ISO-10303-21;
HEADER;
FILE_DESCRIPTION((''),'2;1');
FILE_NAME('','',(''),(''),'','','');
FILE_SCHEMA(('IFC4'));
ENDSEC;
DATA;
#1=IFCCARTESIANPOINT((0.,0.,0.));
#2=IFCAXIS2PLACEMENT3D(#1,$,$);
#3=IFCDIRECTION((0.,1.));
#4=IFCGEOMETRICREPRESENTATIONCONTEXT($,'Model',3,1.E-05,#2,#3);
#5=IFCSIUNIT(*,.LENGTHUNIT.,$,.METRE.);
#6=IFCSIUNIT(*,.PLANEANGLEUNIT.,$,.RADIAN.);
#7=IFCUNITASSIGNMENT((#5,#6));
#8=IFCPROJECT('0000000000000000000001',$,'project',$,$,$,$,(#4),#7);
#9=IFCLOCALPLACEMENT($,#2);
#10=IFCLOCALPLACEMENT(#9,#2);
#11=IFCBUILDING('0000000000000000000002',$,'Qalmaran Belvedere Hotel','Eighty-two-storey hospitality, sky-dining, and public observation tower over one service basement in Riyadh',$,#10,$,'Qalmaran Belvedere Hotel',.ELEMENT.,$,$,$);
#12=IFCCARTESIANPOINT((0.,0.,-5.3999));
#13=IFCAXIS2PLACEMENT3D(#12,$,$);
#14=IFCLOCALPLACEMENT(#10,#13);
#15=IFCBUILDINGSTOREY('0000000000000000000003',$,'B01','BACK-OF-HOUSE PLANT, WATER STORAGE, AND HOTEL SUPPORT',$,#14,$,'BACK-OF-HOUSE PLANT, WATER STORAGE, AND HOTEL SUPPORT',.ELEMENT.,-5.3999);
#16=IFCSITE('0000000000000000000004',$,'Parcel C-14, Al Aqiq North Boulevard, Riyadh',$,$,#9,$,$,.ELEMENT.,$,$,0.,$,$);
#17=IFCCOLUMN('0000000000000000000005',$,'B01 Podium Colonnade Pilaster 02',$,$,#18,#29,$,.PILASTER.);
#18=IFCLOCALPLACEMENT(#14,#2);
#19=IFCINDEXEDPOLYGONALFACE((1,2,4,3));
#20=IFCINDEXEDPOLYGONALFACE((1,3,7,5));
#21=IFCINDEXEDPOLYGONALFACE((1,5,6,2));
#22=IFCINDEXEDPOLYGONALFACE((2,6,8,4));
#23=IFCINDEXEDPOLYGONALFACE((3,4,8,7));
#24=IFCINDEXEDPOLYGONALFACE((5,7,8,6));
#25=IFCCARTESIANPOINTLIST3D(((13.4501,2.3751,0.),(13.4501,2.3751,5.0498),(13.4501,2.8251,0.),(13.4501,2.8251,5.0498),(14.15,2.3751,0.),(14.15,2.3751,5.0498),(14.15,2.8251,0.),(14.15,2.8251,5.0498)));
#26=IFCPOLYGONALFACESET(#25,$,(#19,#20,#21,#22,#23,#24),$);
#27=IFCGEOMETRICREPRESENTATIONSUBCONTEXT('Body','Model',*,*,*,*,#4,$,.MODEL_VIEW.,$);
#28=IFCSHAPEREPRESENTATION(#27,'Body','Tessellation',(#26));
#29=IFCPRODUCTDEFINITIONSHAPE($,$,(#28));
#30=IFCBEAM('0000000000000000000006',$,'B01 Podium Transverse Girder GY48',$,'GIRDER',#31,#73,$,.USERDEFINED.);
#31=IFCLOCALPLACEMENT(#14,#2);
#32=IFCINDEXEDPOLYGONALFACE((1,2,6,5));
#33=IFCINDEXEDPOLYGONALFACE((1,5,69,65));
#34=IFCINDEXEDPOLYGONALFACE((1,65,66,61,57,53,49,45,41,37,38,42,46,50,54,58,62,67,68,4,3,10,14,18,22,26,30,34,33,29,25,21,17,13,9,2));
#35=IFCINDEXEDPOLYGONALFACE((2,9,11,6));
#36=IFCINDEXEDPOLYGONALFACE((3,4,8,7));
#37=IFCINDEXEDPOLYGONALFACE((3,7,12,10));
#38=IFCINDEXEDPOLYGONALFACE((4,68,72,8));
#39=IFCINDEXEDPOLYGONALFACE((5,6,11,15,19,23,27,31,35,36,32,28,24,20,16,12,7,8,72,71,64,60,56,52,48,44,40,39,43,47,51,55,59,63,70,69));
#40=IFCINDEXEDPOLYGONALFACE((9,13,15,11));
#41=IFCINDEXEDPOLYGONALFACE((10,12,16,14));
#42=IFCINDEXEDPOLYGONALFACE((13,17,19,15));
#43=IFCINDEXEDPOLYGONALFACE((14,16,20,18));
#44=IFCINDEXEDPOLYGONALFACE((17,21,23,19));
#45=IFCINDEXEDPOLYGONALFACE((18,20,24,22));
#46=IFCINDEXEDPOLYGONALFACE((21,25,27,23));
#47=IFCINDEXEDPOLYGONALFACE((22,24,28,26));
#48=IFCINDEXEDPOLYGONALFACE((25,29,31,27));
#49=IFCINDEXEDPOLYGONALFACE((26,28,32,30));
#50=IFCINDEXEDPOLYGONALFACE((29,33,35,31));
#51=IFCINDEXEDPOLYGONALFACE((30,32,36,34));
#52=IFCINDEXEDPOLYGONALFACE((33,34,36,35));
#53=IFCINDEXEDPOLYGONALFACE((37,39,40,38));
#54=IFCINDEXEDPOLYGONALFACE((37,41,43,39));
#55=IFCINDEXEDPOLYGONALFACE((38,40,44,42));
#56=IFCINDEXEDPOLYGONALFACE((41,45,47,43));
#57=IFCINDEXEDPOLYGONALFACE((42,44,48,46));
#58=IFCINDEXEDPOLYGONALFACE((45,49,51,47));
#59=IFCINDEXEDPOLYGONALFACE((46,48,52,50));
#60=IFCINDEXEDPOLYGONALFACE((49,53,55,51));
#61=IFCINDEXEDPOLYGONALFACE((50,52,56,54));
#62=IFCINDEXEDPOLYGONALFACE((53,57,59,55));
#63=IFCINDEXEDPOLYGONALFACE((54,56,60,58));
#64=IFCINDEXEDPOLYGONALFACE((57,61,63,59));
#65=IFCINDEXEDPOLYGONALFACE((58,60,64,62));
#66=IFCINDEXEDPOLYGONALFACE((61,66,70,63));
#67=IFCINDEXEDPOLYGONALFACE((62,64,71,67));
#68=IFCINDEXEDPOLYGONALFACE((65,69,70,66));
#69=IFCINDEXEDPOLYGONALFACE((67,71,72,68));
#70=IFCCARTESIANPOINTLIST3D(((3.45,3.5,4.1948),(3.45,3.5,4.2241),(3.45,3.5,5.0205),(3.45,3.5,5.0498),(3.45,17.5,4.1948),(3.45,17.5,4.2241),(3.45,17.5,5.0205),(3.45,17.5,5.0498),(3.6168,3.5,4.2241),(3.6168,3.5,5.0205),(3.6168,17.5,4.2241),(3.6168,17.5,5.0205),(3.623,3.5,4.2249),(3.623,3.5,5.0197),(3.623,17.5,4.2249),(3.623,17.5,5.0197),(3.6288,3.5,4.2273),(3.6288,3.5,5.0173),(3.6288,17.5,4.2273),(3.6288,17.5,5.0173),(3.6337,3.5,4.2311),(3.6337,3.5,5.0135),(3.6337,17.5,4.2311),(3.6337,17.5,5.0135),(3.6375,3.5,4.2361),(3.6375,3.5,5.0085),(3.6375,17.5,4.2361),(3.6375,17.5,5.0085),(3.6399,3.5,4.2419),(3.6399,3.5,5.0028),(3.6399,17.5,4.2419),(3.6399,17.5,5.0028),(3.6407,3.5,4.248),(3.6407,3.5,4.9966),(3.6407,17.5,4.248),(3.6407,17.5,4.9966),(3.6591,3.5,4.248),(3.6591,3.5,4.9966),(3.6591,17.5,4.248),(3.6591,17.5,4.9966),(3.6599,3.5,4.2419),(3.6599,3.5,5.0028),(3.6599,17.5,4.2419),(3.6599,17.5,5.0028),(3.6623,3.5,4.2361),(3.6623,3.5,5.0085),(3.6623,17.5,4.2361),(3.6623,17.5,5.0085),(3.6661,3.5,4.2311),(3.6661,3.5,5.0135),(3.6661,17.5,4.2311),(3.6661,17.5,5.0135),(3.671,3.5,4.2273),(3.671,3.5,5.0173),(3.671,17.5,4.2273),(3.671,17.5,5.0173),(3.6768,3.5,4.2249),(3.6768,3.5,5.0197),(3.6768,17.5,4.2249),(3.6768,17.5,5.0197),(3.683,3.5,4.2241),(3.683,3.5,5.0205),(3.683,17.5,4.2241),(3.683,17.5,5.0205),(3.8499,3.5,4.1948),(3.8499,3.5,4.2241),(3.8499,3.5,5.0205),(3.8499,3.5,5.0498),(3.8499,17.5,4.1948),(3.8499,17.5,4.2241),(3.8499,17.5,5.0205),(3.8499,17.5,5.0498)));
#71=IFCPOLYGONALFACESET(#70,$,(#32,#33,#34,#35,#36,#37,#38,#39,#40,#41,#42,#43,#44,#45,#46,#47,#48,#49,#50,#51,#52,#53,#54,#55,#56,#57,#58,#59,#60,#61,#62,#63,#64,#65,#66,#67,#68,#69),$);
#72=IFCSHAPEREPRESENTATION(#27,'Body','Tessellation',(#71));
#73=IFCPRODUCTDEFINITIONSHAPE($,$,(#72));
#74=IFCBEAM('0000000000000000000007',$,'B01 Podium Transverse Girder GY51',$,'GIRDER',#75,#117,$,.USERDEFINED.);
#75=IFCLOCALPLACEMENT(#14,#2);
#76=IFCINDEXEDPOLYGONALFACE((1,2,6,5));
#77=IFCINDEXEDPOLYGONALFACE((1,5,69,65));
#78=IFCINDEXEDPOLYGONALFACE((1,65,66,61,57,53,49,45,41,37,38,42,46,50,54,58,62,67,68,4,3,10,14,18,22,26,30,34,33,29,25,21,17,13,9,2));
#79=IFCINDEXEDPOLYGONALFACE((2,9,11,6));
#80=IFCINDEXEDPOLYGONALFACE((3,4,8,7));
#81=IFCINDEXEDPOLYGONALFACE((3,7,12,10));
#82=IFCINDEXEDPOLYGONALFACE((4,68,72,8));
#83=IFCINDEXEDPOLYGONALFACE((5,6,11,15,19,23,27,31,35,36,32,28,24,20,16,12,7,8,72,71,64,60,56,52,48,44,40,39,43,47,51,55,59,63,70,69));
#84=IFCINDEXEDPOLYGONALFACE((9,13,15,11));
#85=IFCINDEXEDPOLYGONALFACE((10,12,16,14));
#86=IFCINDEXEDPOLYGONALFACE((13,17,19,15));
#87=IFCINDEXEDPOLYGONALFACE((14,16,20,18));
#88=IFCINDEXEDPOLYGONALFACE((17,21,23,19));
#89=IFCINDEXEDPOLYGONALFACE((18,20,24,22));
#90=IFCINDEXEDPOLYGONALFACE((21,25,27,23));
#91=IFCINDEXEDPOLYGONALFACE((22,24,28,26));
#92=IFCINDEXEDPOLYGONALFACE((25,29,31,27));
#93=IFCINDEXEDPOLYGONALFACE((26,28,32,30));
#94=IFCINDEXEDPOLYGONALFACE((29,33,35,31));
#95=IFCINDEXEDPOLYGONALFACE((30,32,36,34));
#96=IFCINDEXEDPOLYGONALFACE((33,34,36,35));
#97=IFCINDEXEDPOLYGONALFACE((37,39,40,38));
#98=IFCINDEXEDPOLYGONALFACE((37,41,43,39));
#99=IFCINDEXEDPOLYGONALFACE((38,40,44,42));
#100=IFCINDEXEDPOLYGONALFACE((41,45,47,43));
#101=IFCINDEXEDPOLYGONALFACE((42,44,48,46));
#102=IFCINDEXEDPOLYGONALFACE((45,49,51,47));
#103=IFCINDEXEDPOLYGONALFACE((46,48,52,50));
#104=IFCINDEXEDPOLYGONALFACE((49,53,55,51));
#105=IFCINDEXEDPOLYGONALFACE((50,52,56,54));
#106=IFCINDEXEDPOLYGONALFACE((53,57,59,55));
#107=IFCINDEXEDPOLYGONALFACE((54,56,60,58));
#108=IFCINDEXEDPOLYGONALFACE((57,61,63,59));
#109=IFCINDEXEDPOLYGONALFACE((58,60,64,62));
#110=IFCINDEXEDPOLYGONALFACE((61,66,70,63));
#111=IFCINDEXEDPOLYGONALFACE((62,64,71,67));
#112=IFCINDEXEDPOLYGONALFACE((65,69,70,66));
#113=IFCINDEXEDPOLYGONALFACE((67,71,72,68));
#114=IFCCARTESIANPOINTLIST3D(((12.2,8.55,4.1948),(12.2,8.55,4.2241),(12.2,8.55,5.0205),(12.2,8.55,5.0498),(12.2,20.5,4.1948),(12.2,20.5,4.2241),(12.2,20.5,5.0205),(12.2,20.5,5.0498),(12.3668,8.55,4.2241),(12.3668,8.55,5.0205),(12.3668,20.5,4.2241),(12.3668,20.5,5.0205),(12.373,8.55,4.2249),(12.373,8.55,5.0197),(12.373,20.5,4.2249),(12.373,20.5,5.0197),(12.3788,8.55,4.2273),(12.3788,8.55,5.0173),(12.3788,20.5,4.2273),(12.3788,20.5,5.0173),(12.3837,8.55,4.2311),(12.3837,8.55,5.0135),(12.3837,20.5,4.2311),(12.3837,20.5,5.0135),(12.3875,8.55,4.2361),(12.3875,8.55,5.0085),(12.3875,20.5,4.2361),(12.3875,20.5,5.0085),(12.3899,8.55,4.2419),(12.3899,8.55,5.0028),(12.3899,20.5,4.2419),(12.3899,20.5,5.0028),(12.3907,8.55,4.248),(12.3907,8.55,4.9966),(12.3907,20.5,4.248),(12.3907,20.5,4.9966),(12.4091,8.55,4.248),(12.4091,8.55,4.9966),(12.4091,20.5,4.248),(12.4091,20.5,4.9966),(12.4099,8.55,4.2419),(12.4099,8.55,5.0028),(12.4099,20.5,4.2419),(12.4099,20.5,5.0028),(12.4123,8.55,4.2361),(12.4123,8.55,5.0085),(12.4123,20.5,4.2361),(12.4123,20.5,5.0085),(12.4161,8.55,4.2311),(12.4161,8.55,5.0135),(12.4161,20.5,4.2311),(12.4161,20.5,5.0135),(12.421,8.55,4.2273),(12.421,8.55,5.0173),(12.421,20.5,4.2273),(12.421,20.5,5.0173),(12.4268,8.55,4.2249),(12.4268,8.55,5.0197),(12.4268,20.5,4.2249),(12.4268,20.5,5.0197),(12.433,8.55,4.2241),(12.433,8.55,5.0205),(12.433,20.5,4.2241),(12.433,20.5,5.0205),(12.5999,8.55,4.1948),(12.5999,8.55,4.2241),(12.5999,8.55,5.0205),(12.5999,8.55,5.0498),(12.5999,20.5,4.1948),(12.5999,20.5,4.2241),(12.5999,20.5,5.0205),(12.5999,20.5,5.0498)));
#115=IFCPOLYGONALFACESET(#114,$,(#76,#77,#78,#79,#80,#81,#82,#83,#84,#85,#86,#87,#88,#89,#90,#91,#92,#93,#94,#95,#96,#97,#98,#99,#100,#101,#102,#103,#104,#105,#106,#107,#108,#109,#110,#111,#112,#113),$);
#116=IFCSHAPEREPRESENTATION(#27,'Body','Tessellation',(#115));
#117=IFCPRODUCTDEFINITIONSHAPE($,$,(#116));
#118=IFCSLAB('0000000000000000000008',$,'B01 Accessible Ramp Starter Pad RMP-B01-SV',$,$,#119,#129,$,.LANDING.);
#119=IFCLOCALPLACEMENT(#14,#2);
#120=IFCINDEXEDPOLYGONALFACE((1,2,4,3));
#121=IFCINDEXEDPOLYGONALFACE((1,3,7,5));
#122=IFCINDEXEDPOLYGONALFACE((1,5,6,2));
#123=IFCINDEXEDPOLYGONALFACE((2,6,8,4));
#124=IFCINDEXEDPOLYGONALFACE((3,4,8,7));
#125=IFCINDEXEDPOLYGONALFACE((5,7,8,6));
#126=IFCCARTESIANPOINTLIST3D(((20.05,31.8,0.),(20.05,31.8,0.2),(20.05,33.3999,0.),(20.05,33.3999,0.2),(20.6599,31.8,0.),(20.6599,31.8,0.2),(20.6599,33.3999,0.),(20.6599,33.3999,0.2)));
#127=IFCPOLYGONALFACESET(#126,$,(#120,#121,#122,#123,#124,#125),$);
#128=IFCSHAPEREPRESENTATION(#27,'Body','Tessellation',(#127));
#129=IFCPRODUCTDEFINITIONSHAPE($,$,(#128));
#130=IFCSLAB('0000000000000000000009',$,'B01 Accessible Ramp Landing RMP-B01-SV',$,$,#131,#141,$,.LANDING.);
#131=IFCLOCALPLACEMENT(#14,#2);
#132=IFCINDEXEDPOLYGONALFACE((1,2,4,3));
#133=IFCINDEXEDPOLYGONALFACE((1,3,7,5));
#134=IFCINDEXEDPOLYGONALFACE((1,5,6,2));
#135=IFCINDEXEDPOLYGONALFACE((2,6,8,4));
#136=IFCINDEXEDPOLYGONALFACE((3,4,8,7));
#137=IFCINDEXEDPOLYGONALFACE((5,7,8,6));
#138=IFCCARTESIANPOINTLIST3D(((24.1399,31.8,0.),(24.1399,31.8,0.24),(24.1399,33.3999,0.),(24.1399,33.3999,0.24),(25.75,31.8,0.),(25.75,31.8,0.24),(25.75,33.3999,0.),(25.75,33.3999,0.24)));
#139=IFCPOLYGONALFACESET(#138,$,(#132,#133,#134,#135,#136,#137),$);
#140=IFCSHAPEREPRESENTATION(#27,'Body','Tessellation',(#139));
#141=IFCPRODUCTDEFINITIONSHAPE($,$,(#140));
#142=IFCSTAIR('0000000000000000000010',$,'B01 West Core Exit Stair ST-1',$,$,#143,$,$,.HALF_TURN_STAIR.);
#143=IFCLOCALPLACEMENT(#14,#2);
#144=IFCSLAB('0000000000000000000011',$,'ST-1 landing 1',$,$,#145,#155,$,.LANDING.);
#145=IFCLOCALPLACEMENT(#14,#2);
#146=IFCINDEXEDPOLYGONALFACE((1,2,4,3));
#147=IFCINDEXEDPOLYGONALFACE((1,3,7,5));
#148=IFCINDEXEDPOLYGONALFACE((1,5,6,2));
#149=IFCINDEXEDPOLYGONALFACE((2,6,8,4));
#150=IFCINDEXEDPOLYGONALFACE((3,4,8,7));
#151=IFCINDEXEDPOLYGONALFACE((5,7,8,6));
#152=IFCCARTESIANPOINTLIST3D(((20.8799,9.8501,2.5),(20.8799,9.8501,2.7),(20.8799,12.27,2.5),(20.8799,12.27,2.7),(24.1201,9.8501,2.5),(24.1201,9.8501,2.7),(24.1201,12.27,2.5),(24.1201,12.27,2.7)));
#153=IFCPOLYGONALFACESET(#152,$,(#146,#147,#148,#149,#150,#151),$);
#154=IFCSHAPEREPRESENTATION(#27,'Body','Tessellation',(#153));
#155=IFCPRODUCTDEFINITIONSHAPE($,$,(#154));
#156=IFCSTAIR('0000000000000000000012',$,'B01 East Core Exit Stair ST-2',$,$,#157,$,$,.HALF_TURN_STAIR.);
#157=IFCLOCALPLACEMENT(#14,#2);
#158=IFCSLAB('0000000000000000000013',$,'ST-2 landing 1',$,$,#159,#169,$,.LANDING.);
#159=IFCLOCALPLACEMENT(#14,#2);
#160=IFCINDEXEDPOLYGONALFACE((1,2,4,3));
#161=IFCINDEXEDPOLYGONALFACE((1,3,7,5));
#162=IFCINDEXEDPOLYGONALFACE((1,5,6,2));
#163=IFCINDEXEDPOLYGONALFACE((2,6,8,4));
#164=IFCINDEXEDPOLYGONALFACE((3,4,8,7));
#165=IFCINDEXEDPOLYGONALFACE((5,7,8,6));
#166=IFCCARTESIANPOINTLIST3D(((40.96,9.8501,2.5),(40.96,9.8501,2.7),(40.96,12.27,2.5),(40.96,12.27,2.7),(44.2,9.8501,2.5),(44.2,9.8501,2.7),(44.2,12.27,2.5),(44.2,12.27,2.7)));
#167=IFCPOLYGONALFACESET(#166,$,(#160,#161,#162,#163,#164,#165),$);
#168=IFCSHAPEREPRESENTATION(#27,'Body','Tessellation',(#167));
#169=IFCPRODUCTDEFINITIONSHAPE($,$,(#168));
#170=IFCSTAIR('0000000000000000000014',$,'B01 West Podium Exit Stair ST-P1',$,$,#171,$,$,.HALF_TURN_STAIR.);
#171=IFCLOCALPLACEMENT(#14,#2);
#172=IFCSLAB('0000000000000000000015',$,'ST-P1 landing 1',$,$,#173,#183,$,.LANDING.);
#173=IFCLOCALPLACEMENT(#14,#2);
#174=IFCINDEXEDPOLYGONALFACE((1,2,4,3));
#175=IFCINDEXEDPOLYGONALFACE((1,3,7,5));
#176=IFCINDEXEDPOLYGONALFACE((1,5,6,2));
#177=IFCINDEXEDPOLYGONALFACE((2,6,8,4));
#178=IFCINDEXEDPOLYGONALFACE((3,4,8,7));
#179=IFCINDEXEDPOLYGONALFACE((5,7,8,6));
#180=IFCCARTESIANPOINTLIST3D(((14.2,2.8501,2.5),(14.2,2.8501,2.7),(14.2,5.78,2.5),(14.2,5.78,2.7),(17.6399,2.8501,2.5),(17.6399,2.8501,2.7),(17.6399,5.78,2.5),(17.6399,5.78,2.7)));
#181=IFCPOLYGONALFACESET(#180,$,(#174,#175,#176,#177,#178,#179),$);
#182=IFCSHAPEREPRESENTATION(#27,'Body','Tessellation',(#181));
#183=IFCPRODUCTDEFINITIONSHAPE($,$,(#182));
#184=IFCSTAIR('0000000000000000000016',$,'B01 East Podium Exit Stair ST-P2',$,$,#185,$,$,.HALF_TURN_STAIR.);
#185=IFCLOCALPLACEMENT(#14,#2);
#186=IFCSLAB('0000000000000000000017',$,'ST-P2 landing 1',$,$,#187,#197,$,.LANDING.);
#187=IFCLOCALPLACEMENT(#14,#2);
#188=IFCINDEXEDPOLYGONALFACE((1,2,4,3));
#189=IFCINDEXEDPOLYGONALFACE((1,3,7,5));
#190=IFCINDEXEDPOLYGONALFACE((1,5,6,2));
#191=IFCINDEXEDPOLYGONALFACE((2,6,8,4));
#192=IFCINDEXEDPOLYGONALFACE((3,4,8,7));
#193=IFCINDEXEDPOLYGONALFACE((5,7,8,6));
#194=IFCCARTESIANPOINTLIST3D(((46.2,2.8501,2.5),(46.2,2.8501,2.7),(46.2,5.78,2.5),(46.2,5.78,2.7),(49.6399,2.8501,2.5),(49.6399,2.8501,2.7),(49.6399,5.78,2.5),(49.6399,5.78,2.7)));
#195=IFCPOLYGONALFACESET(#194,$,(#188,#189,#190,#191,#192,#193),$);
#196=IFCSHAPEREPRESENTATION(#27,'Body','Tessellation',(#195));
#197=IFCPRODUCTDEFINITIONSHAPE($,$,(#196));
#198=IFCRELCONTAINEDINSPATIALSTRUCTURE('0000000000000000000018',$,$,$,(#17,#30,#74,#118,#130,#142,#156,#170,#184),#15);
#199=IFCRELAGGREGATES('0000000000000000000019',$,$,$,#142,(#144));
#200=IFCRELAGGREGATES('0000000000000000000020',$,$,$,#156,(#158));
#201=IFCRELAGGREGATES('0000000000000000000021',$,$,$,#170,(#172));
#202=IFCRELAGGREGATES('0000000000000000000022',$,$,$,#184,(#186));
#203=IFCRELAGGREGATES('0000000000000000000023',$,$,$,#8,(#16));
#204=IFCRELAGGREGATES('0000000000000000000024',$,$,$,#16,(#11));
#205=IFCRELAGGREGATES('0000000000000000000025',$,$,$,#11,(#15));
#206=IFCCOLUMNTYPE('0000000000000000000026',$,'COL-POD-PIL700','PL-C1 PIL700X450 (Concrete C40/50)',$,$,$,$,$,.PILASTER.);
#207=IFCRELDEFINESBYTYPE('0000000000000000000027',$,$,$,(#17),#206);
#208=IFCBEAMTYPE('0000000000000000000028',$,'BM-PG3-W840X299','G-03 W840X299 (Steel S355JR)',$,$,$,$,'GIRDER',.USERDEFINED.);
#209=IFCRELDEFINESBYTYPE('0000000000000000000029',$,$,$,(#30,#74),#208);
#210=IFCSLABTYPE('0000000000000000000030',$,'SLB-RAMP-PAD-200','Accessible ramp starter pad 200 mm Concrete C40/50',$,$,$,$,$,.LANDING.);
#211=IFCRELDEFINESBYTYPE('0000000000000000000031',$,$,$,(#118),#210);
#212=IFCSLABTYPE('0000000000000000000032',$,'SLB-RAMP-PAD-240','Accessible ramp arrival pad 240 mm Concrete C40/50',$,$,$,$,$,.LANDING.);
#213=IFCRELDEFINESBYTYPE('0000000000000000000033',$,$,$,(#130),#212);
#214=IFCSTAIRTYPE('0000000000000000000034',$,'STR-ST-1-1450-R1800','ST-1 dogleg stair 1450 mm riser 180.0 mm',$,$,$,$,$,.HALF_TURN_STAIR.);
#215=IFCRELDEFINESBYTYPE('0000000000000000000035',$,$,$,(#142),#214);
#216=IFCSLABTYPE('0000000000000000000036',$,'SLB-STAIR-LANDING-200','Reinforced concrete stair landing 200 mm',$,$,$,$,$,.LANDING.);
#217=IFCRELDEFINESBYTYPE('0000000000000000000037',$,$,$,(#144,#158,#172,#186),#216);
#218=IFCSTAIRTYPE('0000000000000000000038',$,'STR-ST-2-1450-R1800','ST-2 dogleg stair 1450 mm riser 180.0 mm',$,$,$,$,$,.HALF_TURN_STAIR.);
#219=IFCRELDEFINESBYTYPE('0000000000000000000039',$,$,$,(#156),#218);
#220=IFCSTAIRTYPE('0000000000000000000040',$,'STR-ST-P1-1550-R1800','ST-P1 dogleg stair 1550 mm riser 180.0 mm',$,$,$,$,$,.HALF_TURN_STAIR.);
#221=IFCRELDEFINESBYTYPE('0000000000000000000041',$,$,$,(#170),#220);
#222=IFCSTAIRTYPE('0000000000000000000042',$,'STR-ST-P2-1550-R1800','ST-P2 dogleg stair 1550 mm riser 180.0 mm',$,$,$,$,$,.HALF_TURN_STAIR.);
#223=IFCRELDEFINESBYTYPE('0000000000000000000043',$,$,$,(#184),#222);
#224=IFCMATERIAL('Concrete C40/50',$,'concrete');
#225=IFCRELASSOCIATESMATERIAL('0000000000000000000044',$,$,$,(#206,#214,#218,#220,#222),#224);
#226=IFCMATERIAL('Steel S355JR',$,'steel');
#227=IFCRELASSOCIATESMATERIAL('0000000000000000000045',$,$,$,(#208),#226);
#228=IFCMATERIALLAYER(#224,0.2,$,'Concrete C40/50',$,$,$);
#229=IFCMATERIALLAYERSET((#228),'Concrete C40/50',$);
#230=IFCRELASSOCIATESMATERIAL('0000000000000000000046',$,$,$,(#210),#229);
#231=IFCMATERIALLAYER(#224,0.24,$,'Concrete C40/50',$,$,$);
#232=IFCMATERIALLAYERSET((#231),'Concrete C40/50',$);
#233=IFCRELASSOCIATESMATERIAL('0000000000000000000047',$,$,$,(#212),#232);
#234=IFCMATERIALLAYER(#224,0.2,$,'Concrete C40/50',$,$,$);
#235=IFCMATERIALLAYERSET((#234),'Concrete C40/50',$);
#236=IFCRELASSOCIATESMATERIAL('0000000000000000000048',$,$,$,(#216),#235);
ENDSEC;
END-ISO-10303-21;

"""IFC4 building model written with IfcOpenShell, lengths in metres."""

from ifc_helpers import new_model, si_unit, direction, frame, origin, origin_2d, place, context, subcontext, project, spatial, polyline, rectangle, i_section, outline, extrude, material, layer, layer_set, material_profile, profile_set, type_object, element, aggregate, save


model = new_model("IFC4")

# Units and contexts
model_context = context("Model", 3, precision=1e-05, world=origin(), true_north=direction((0.0, 1.0)))
body_context = subcontext(model_context, "Body", "Model", "MODEL_VIEW")
ifc_project = project(units=[si_unit("LENGTHUNIT", "METRE"), si_unit("PLANEANGLEUNIT", "RADIAN")], contexts=[model_context])

# Site, building, storey
site_placement = place(None, origin())
site = spatial("IfcSite", under=ifc_project, at=site_placement, Name="Parcel C-14, Al Aqiq North Boulevard, Riyadh", CompositionType="ELEMENT", RefElevation=0.0)
building_placement = place(site_placement, origin())
building = spatial("IfcBuilding", under=site, at=building_placement, Name="Qalmaran Belvedere Hotel", Description="Eighty-two-storey hospitality, sky-dining, and public observation tower over one service basement in Riyadh", LongName="Qalmaran Belvedere Hotel", CompositionType="ELEMENT")
storey_placement = place(building_placement, frame((0.0, 0.0, -5.3999)))
storey = spatial("IfcBuildingStorey", under=building, at=storey_placement, Name="B01", Description="BACK-OF-HOUSE PLANT, WATER STORAGE, AND HOTEL SUPPORT", LongName="BACK-OF-HOUSE PLANT, WATER STORAGE, AND HOTEL SUPPORT", CompositionType="ELEMENT", Elevation=-5.3999)

# Column
ifc_material_1 = material(Name="Concrete C40/50", Category="concrete")
ifc_material_profile_1 = material_profile(ifc_material_1, rectangle(XDim=0.7, YDim=0.45, at=origin_2d()), Name="PIL700X450")
ifc_profile_set_1 = profile_set([ifc_material_profile_1], Name="Concrete C40/50")
column_type_1 = type_object("IfcColumnType", Name="COL-POD-PIL700", Description="PL-C1 PIL700X450 (Concrete C40/50)", PredefinedType="PILASTER", material=ifc_profile_set_1)
for number, where, z_axis, x_axis, name in (
    (1, (13.8, 2.6001, 0.0), (0.0, 0.0, 1.0), (1.0, 0.0, 0.0), "B01 Podium Colonnade Pilaster 02"),
):
    element("IfcColumn", number, at=place(storey_placement, frame(where, z_axis=z_axis, x_axis=x_axis)), inside=storey, type_object=column_type_1, Name=name, PredefinedType="PILASTER", context=body_context, shape_type="SweptSolid", body=[
        extrude(rectangle(XDim=0.7, YDim=0.45, at=origin_2d()), origin(), (0.0, 0.0, 1.0), 5.0498),
    ])

# Beams
ifc_material_2 = material(Name="Steel S355JR", Category="steel")
ifc_material_profile_2 = material_profile(ifc_material_2, i_section(OverallWidth=0.3999, OverallDepth=0.855, WebThickness=0.0183, FlangeThickness=0.0293, FilletRadius=0.0239, at=origin_2d()), Name="W840X299")
ifc_profile_set_2 = profile_set([ifc_material_profile_2], Name="Steel S355JR")
beam_type = type_object("IfcBeamType", Name="BM-PG3-W840X299", Description="G-03 W840X299 (Steel S355JR)", ElementType="GIRDER", PredefinedType="USERDEFINED", material=ifc_profile_set_2)
beam_1_placement = place(storey_placement, frame((3.6499, 3.5, 4.6223), z_axis=(0.0, 1.0, 0.0), x_axis=(-1.0, 0.0, 0.0)))
element("IfcBeam", 2, at=beam_1_placement, inside=storey, type_object=beam_type, Name="B01 Podium Transverse Girder GY48", ObjectType="GIRDER", PredefinedType="USERDEFINED", context=body_context, shape_type="SweptSolid", body=[
    extrude(i_section(OverallWidth=0.3999, OverallDepth=0.855, WebThickness=0.0183, FlangeThickness=0.0293, FilletRadius=0.0239, at=origin_2d()), origin(), (0.0, 0.0, 1.0), 14.0),
])
beam_2_placement = place(storey_placement, frame((12.3999, 8.55, 4.6223), z_axis=(0.0, 1.0, 0.0), x_axis=(-1.0, 0.0, 0.0)))
element("IfcBeam", 3, at=beam_2_placement, inside=storey, type_object=beam_type, Name="B01 Podium Transverse Girder GY51", ObjectType="GIRDER", PredefinedType="USERDEFINED", context=body_context, shape_type="SweptSolid", body=[
    extrude(i_section(OverallWidth=0.3999, OverallDepth=0.855, WebThickness=0.0183, FlangeThickness=0.0293, FilletRadius=0.0239, at=origin_2d()), origin(), (0.0, 0.0, 1.0), 11.95),
])

# Slabs
ifc_layer_1 = layer(ifc_material_1, 0.2, Name="Concrete C40/50")
ifc_layer_set_1 = layer_set([ifc_layer_1], Name="Concrete C40/50")
slab_type_1 = type_object("IfcSlabType", Name="SLB-RAMP-PAD-200", Description="Accessible ramp starter pad 200 mm Concrete C40/50", PredefinedType="LANDING", material=ifc_layer_set_1)
slab_1_placement = place(storey_placement, origin())
element("IfcSlab", 4, at=slab_1_placement, inside=storey, type_object=slab_type_1, Name="B01 Accessible Ramp Starter Pad RMP-B01-SV", PredefinedType="LANDING", context=body_context, shape_type="SweptSolid", body=[
    extrude(outline(polyline([(20.05, 31.8), (20.6599, 31.8), (20.6599, 33.3999), (20.05, 33.3999), (20.05, 31.8)])), origin(), (0.0, 0.0, 1.0), 0.2),
])
ifc_layer_2 = layer(ifc_material_1, 0.24, Name="Concrete C40/50")
ifc_layer_set_2 = layer_set([ifc_layer_2], Name="Concrete C40/50")
slab_type_2 = type_object("IfcSlabType", Name="SLB-RAMP-PAD-240", Description="Accessible ramp arrival pad 240 mm Concrete C40/50", PredefinedType="LANDING", material=ifc_layer_set_2)
slab_2_placement = place(storey_placement, origin())
element("IfcSlab", 5, at=slab_2_placement, inside=storey, type_object=slab_type_2, Name="B01 Accessible Ramp Landing RMP-B01-SV", PredefinedType="LANDING", context=body_context, shape_type="SweptSolid", body=[
    extrude(outline(polyline([(24.1399, 31.8), (25.75, 31.8), (25.75, 33.3999), (24.1399, 33.3999), (24.1399, 31.8)])), origin(), (0.0, 0.0, 1.0), 0.24),
])

# Stairs, slabs
stair_type_1 = type_object("IfcStairType", Name="STR-ST-1-1450-R1800", Description="ST-1 dogleg stair 1450 mm riser 180.0 mm", PredefinedType="HALF_TURN_STAIR", material=ifc_material_1)
stair_1_placement = place(storey_placement, origin())
stair_1 = element("IfcStair", 6, at=stair_1_placement, inside=storey, type_object=stair_type_1, Name="B01 West Core Exit Stair ST-1", PredefinedType="HALF_TURN_STAIR")
ifc_layer_3 = layer(ifc_material_1, 0.2, Name="Concrete C40/50")
ifc_layer_set_3 = layer_set([ifc_layer_3], Name="Concrete C40/50")
slab_type_3 = type_object("IfcSlabType", Name="SLB-STAIR-LANDING-200", Description="Reinforced concrete stair landing 200 mm", PredefinedType="LANDING", material=ifc_layer_set_3)
slab_3_placement = place(storey_placement, frame((0.0, 0.0, 2.5)))
slab_3 = element("IfcSlab", 7, at=slab_3_placement, type_object=slab_type_3, Name="ST-1 landing 1", PredefinedType="LANDING", context=body_context, shape_type="SweptSolid", body=[
    extrude(outline(polyline([(20.8799, 12.27), (20.8799, 9.8501), (24.1201, 9.8501), (24.1201, 12.27), (20.8799, 12.27)])), origin(), (0.0, 0.0, 1.0), 0.2),
])
aggregate(stair_1, [slab_3])
stair_type_2 = type_object("IfcStairType", Name="STR-ST-2-1450-R1800", Description="ST-2 dogleg stair 1450 mm riser 180.0 mm", PredefinedType="HALF_TURN_STAIR", material=ifc_material_1)
stair_2_placement = place(storey_placement, origin())
stair_2 = element("IfcStair", 8, at=stair_2_placement, inside=storey, type_object=stair_type_2, Name="B01 East Core Exit Stair ST-2", PredefinedType="HALF_TURN_STAIR")
slab_4_placement = place(storey_placement, frame((0.0, 0.0, 2.5)))
slab_4 = element("IfcSlab", 9, at=slab_4_placement, type_object=slab_type_3, Name="ST-2 landing 1", PredefinedType="LANDING", context=body_context, shape_type="SweptSolid", body=[
    extrude(outline(polyline([(40.96, 12.27), (40.96, 9.8501), (44.2, 9.8501), (44.2, 12.27), (40.96, 12.27)])), origin(), (0.0, 0.0, 1.0), 0.2),
])
aggregate(stair_2, [slab_4])
stair_type_3 = type_object("IfcStairType", Name="STR-ST-P1-1550-R1800", Description="ST-P1 dogleg stair 1550 mm riser 180.0 mm", PredefinedType="HALF_TURN_STAIR", material=ifc_material_1)
stair_3_placement = place(storey_placement, origin())
stair_3 = element("IfcStair", 10, at=stair_3_placement, inside=storey, type_object=stair_type_3, Name="B01 West Podium Exit Stair ST-P1", PredefinedType="HALF_TURN_STAIR")
slab_5_placement = place(storey_placement, frame((0.0, 0.0, 2.5)))
slab_5 = element("IfcSlab", 11, at=slab_5_placement, type_object=slab_type_3, Name="ST-P1 landing 1", PredefinedType="LANDING", context=body_context, shape_type="SweptSolid", body=[
    extrude(outline(polyline([(14.2, 5.78), (14.2, 2.8501), (17.6399, 2.8501), (17.6399, 5.78), (14.2, 5.78)])), origin(), (0.0, 0.0, 1.0), 0.2),
])
aggregate(stair_3, [slab_5])
stair_type_4 = type_object("IfcStairType", Name="STR-ST-P2-1550-R1800", Description="ST-P2 dogleg stair 1550 mm riser 180.0 mm", PredefinedType="HALF_TURN_STAIR", material=ifc_material_1)
stair_4_placement = place(storey_placement, origin())
stair_4 = element("IfcStair", 12, at=stair_4_placement, inside=storey, type_object=stair_type_4, Name="B01 East Podium Exit Stair ST-P2", PredefinedType="HALF_TURN_STAIR")
slab_6_placement = place(storey_placement, frame((0.0, 0.0, 2.5)))
slab_6 = element("IfcSlab", 13, at=slab_6_placement, type_object=slab_type_3, Name="ST-P2 landing 1", PredefinedType="LANDING", context=body_context, shape_type="SweptSolid", body=[
    extrude(outline(polyline([(46.2, 5.78), (46.2, 2.8501), (49.6399, 2.8501), (49.6399, 5.78), (46.2, 5.78)])), origin(), (0.0, 0.0, 1.0), 0.2),
])
aggregate(stair_4, [slab_6])

save(model, "model.ifc")
